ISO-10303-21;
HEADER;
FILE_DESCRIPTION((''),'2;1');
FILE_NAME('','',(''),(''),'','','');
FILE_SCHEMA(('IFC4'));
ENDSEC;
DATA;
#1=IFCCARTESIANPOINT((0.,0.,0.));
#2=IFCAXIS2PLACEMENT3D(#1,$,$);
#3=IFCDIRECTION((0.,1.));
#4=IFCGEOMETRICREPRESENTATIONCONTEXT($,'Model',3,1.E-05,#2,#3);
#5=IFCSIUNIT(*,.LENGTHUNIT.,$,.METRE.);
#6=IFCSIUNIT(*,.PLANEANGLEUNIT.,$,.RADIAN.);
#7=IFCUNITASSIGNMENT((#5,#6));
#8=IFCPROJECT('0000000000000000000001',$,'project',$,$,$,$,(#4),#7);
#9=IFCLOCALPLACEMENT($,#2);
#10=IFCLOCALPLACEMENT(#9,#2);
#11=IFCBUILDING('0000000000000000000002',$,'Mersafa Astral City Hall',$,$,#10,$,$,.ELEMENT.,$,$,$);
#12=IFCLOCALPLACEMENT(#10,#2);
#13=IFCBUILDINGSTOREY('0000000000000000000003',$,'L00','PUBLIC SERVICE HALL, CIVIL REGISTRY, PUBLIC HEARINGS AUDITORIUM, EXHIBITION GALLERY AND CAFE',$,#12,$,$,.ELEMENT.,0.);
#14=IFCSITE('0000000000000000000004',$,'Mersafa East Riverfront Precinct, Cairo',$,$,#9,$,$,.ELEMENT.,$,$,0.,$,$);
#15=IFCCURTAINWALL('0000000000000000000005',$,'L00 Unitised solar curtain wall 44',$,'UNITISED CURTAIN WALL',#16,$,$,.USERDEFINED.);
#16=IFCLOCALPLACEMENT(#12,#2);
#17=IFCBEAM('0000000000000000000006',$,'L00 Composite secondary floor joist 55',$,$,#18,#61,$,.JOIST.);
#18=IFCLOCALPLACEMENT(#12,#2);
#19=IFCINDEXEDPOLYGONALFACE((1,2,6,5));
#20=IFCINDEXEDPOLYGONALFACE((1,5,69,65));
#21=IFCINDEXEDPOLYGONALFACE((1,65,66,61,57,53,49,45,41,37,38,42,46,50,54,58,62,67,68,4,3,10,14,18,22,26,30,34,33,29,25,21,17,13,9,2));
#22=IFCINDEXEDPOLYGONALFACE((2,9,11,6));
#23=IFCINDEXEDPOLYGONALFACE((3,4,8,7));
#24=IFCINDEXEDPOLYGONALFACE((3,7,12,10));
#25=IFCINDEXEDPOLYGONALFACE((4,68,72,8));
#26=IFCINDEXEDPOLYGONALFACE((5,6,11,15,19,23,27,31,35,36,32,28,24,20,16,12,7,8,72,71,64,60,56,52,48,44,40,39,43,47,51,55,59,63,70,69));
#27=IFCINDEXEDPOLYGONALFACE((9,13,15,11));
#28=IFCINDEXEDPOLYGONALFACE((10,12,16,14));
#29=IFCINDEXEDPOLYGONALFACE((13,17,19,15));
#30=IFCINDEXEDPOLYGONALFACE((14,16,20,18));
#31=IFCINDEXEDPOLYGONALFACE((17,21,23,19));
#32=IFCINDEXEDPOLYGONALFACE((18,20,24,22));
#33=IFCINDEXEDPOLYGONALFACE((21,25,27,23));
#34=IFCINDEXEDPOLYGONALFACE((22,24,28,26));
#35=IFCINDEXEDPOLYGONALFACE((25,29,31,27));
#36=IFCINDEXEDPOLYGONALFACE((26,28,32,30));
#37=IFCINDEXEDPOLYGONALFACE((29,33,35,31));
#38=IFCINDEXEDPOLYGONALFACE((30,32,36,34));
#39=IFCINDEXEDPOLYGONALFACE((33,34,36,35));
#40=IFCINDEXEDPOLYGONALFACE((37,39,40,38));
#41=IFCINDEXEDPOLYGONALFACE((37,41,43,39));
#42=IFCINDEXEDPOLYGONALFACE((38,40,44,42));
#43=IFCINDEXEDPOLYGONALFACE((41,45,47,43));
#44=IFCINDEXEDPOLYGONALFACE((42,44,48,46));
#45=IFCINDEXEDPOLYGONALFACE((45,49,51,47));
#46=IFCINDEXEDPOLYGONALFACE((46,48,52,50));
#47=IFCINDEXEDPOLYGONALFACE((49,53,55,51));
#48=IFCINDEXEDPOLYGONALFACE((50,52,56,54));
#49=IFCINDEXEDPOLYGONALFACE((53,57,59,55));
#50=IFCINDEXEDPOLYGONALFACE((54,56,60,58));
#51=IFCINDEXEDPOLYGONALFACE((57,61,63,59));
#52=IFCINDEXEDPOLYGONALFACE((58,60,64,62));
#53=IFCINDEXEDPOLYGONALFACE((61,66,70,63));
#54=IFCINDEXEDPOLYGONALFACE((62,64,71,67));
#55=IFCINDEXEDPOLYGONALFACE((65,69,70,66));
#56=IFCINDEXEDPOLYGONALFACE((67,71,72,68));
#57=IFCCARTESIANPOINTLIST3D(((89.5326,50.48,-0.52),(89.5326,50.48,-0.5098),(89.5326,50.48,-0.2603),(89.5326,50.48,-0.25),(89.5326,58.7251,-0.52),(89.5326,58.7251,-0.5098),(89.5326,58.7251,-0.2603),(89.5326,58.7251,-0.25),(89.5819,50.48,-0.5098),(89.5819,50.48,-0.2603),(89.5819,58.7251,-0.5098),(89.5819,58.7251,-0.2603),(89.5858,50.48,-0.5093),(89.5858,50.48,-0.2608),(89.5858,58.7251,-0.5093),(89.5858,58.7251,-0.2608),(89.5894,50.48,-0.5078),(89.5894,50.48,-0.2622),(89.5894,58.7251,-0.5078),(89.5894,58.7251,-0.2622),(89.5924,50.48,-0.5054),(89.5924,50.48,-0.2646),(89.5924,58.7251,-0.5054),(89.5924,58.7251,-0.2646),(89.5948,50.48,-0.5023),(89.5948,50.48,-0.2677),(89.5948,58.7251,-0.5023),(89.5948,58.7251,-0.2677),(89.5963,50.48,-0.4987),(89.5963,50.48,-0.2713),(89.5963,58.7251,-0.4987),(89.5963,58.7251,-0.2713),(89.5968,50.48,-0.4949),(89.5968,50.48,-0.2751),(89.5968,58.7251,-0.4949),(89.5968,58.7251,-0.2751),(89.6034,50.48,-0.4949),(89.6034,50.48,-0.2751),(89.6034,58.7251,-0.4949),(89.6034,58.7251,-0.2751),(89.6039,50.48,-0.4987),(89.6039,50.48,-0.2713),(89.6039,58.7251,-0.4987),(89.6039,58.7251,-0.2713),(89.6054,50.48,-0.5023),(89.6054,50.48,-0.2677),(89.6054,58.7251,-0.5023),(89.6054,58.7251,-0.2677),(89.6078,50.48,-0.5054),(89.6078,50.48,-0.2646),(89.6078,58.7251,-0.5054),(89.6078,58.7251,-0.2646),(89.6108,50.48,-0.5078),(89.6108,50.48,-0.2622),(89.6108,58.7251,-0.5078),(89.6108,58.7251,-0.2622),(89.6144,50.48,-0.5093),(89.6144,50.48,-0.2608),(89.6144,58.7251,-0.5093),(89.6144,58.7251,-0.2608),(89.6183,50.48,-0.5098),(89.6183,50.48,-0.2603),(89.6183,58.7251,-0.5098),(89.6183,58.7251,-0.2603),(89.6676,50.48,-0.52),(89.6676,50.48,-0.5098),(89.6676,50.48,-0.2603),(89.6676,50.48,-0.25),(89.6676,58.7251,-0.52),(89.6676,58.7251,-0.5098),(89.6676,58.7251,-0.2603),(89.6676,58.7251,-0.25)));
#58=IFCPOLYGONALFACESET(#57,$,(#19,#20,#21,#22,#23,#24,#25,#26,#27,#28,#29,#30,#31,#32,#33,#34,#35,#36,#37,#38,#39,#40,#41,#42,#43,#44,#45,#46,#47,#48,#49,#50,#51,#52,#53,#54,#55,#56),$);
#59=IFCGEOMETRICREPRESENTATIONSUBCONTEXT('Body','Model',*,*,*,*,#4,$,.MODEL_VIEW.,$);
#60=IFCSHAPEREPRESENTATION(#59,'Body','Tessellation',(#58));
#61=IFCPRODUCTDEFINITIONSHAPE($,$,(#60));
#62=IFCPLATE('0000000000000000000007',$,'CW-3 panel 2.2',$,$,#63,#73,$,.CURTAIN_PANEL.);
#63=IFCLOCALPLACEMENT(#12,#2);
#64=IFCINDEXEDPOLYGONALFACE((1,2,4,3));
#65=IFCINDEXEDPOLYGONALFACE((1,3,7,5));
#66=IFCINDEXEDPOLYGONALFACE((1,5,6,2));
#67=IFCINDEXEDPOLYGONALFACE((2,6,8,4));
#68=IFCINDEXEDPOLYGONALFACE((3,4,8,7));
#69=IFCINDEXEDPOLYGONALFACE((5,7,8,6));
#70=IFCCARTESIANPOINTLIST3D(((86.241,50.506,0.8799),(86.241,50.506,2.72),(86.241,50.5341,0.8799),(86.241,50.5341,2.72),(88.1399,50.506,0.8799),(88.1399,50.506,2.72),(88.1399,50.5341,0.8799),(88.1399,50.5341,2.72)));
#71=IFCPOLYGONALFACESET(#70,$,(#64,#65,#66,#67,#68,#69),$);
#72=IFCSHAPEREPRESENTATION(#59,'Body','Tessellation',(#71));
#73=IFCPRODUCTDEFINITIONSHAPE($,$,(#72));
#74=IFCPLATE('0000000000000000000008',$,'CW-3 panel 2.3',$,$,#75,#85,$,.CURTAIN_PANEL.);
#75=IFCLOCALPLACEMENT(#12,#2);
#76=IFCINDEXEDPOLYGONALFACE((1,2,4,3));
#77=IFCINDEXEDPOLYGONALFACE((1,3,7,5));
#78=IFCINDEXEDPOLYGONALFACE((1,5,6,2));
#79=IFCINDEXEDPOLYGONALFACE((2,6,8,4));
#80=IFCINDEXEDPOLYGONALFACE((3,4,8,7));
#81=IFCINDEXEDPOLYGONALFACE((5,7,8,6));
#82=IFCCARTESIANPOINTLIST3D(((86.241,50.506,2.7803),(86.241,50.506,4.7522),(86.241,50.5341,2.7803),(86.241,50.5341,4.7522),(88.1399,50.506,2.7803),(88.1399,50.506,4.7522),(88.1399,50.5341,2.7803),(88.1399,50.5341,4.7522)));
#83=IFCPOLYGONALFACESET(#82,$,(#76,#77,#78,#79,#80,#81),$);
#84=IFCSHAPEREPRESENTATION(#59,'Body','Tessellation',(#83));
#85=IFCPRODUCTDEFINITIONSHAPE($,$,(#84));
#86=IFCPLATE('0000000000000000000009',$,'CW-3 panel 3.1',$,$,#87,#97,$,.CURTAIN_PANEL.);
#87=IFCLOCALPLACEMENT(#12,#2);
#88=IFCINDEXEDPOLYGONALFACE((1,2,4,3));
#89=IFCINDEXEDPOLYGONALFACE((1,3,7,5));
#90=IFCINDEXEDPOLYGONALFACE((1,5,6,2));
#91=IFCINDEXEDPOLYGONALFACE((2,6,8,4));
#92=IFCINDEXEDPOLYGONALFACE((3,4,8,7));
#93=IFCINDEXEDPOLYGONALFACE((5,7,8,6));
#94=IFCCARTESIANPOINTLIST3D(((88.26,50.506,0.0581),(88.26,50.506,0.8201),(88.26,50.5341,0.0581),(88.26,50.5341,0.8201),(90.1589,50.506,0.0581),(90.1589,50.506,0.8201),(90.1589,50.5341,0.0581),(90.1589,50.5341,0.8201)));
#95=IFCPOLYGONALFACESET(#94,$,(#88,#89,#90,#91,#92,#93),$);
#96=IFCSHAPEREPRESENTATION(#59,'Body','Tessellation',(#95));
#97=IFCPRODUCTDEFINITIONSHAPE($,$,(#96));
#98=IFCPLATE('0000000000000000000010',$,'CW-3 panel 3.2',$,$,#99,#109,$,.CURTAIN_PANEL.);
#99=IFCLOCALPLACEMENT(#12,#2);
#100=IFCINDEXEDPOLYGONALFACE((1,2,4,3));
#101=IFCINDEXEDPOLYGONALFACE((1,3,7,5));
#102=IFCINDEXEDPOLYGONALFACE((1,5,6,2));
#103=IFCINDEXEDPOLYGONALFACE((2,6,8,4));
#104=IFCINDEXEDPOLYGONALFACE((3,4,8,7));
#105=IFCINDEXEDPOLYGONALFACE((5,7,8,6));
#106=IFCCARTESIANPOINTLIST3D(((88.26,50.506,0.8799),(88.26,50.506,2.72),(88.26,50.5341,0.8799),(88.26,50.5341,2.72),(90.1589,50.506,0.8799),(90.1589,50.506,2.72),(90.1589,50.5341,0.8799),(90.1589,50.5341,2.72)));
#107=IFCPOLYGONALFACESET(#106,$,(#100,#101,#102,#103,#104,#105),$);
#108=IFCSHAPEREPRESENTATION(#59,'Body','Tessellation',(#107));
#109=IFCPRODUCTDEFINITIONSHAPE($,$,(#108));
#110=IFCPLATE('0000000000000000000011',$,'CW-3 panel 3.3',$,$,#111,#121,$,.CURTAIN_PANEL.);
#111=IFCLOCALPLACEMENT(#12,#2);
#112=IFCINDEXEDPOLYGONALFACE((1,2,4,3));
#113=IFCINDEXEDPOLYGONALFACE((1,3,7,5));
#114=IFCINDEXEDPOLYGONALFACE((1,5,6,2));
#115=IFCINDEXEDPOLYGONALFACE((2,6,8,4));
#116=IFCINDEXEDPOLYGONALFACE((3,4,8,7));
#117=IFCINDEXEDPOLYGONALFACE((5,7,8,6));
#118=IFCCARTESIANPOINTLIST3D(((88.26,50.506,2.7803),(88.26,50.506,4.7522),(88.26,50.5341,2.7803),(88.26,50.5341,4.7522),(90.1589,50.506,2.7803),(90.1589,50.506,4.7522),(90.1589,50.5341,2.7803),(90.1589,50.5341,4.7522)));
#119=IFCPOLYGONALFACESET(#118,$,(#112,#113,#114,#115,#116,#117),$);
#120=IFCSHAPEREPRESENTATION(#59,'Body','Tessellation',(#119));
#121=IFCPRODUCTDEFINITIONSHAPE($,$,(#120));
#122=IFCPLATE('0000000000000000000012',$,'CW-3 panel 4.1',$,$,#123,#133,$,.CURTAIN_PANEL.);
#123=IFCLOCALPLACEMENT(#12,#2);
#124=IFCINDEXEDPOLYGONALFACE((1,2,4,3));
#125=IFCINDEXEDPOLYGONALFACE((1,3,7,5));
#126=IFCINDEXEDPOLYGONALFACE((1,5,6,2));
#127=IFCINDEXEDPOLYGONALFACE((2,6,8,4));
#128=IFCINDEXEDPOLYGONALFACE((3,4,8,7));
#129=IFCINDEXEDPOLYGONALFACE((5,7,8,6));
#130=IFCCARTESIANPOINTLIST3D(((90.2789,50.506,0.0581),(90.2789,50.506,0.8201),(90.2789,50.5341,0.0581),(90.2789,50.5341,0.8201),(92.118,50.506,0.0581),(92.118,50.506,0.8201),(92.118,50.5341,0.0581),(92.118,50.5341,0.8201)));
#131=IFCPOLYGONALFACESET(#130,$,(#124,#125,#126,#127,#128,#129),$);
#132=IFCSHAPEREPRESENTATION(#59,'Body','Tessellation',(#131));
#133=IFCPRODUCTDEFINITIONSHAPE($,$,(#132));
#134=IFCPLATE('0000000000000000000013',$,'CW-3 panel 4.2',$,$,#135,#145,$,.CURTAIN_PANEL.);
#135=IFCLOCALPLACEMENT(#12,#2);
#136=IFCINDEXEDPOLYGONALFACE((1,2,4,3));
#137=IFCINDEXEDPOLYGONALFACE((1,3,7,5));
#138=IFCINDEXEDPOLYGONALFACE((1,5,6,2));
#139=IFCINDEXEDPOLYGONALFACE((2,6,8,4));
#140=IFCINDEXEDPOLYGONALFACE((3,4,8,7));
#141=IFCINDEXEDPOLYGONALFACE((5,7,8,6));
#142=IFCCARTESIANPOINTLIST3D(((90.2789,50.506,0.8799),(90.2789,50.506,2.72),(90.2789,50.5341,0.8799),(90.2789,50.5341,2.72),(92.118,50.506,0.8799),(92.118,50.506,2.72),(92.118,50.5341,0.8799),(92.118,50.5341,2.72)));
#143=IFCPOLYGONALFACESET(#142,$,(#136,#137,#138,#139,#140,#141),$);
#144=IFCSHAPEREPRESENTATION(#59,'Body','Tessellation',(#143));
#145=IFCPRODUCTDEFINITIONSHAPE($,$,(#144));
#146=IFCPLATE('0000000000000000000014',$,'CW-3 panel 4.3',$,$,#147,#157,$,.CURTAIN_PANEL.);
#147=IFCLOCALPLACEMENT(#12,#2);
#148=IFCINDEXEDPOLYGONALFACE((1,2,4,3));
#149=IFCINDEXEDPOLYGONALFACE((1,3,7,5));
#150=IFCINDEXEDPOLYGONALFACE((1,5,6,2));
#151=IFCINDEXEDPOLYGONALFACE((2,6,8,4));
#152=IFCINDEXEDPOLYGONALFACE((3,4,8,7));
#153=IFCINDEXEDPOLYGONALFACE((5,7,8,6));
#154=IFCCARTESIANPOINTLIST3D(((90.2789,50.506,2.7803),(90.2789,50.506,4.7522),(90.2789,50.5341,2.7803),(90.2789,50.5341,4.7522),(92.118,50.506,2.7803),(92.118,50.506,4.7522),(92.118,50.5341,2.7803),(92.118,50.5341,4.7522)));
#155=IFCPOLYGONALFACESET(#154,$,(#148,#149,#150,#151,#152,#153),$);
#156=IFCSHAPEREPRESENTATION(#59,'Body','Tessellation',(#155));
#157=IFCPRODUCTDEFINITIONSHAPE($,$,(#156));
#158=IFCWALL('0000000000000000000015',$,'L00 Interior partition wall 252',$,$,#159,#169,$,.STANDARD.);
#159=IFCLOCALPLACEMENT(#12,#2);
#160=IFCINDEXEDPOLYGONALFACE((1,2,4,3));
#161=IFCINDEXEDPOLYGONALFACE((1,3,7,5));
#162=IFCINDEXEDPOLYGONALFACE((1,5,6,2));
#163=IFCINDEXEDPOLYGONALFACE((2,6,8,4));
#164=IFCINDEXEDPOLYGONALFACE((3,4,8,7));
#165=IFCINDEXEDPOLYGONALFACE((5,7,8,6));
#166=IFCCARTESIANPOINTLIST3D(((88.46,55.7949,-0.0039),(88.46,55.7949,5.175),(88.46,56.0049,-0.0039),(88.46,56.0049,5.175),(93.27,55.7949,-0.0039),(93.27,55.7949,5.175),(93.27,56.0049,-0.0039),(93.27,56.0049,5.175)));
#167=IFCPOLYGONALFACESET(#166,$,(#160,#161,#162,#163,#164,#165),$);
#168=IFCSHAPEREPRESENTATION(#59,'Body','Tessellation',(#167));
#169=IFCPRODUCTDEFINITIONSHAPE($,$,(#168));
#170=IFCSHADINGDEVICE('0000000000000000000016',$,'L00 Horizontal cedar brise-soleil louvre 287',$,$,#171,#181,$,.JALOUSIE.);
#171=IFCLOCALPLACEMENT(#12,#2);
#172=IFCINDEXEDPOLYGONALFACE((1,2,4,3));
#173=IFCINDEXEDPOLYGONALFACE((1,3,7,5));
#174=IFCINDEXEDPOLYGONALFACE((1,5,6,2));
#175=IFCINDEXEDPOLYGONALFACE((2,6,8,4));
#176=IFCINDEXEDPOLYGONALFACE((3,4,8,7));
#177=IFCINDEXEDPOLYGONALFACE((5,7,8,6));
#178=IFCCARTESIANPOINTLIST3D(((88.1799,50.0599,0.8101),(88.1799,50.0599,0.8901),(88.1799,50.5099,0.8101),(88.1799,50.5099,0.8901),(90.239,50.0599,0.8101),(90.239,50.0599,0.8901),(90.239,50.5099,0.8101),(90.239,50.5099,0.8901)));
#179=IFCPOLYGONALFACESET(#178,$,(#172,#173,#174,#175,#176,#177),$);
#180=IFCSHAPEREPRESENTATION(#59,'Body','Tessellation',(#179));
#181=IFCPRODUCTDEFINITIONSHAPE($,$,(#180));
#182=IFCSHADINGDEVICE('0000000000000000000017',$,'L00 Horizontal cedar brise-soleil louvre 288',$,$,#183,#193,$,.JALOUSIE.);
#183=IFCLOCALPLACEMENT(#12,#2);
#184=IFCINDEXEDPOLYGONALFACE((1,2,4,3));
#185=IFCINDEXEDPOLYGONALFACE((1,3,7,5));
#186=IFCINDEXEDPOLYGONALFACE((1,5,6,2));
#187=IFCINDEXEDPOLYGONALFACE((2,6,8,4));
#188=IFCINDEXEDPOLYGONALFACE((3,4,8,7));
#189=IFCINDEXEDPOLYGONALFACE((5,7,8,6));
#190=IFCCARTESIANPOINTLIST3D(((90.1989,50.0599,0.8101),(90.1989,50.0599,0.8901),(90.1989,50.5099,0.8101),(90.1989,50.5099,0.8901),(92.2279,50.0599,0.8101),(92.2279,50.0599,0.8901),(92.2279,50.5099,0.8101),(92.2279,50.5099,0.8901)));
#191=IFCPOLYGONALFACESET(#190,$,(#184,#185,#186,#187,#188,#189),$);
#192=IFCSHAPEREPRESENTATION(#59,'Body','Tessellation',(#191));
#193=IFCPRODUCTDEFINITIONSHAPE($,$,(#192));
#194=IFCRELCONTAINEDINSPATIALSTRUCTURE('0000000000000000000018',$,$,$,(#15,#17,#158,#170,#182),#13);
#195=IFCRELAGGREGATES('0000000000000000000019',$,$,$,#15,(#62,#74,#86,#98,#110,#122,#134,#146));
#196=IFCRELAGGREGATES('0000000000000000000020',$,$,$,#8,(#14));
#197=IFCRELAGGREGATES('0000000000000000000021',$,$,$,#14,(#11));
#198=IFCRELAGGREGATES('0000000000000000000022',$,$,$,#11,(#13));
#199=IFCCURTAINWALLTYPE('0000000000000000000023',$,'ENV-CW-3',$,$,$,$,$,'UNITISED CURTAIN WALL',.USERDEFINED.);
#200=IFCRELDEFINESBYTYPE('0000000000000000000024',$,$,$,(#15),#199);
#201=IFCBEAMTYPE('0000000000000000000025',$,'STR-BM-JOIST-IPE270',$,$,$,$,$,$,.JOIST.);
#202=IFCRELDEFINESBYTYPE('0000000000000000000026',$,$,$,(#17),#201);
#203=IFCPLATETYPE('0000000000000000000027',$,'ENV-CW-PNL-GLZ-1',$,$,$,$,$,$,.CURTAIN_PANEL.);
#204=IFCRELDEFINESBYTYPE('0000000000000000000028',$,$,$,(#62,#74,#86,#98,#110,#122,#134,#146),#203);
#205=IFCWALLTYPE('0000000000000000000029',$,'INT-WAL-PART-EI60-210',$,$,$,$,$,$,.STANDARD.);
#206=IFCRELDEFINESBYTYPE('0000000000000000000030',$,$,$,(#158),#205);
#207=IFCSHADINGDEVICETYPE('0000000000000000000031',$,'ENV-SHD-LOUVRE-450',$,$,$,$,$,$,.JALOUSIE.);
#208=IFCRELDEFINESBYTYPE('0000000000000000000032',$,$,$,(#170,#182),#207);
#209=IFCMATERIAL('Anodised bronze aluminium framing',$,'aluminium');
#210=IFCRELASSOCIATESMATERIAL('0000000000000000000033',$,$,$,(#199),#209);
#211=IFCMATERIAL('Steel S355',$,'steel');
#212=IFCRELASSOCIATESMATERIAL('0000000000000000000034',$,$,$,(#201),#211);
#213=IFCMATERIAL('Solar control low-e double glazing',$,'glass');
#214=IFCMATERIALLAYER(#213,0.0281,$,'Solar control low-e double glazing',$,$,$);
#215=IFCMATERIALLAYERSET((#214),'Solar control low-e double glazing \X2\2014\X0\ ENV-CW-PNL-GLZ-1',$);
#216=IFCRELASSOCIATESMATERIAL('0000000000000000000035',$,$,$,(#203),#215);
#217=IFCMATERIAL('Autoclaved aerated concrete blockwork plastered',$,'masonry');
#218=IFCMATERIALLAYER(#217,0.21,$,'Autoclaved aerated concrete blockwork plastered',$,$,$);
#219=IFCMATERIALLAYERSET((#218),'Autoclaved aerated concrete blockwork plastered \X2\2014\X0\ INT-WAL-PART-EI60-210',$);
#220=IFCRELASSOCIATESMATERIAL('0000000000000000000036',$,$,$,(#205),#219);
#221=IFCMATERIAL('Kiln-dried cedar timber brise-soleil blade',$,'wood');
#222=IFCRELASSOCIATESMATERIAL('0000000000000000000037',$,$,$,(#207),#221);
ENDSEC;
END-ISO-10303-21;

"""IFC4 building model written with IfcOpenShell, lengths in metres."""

from ifc_helpers import new_model, si_unit, direction, frame, frame_2d, origin, origin_2d, place, context, subcontext, project, spatial, rectangle, i_section, extrude, material, layer, layer_set, material_profile, profile_set, type_object, element, aggregate, save


model = new_model("IFC4")

# Units and contexts
model_context = context("Model", 3, precision=1e-05, world=origin(), true_north=direction((0.0, 1.0)))
body_context = subcontext(model_context, "Body", "Model", "MODEL_VIEW")
ifc_project = project(units=[si_unit("LENGTHUNIT", "METRE"), si_unit("PLANEANGLEUNIT", "RADIAN")], contexts=[model_context])

# Site, building, storey
site_placement = place(None, origin())
site = spatial("IfcSite", under=ifc_project, at=site_placement, Name="Mersafa East Riverfront Precinct, Cairo", CompositionType="ELEMENT", RefElevation=0.0)
building_placement = place(site_placement, origin())
building = spatial("IfcBuilding", under=site, at=building_placement, Name="Mersafa Astral City Hall", CompositionType="ELEMENT")
storey_placement = place(building_placement, origin())
storey = spatial("IfcBuildingStorey", under=building, at=storey_placement, Name="L00", Description="PUBLIC SERVICE HALL, CIVIL REGISTRY, PUBLIC HEARINGS AUDITORIUM, EXHIBITION GALLERY AND CAFE", CompositionType="ELEMENT", Elevation=0.0)

# Curtain wall
ifc_material_1 = material(Name="Anodised bronze aluminium framing", Category="aluminium")
curtain_wall_type = type_object("IfcCurtainWallType", Name="ENV-CW-3", ElementType="UNITISED CURTAIN WALL", PredefinedType="USERDEFINED", material=ifc_material_1)
curtain_wall_placement = place(storey_placement, origin())
curtain_wall = element("IfcCurtainWall", 1, at=curtain_wall_placement, inside=storey, type_object=curtain_wall_type, Name="L00 Unitised solar curtain wall 44", ObjectType="UNITISED CURTAIN WALL", PredefinedType="USERDEFINED")

# Beam
ifc_material_2 = material(Name="Steel S355", Category="steel")
ifc_material_profile_1 = material_profile(ifc_material_2, i_section(OverallWidth=0.135, OverallDepth=0.27, WebThickness=0.0066, FlangeThickness=0.0103, FilletRadius=0.0149, at=origin_2d()), Name="IPE 270")
ifc_profile_set_1 = profile_set([ifc_material_profile_1], Name="Steel S355")
beam_type = type_object("IfcBeamType", Name="STR-BM-JOIST-IPE270", PredefinedType="JOIST", material=ifc_profile_set_1)
beam_placement = place(storey_placement, frame((89.6001, 50.48, -0.385), z_axis=(0.0, 1.0, 0.0), x_axis=(-1.0, 0.0, 0.0)))
element("IfcBeam", 2, at=beam_placement, inside=storey, type_object=beam_type, Name="L00 Composite secondary floor joist 55", PredefinedType="JOIST", context=body_context, shape_type="SweptSolid", body=[
    extrude(i_section(OverallWidth=0.135, OverallDepth=0.27, WebThickness=0.0066, FlangeThickness=0.0103, FilletRadius=0.0149, at=origin_2d()), origin(), (0.0, 0.0, 1.0), 8.2451),
])

# Plates
ifc_material_3 = material(Name="Solar control low-e double glazing", Category="glass")
ifc_layer_1 = layer(ifc_material_3, 0.0281, Name="Solar control low-e double glazing")
ifc_layer_set_1 = layer_set([ifc_layer_1], Name="Solar control low-e double glazing — ENV-CW-PNL-GLZ-1")
plate_type = type_object("IfcPlateType", Name="ENV-CW-PNL-GLZ-1", PredefinedType="CURTAIN_PANEL", material=ifc_layer_set_1)
plate_1_placement = place(storey_placement, frame((87.1904, 50.52, 0.8799), z_axis=(0.0, 0.0, 1.0), x_axis=(1.0, 0.0, 0.0)))
plate_1 = element("IfcPlate", 3, at=plate_1_placement, type_object=plate_type, Name="CW-3 panel 2.2", PredefinedType="CURTAIN_PANEL", context=body_context, shape_type="SweptSolid", body=[
    extrude(rectangle(XDim=1.8989, YDim=0.0281, at=origin_2d()), origin(), (0.0, 0.0, 1.0), 1.8401),
])
plate_2_placement = place(storey_placement, frame((87.1904, 50.52, 2.7803), z_axis=(0.0, 0.0, 1.0), x_axis=(1.0, 0.0, 0.0)))
plate_2 = element("IfcPlate", 4, at=plate_2_placement, type_object=plate_type, Name="CW-3 panel 2.3", PredefinedType="CURTAIN_PANEL", context=body_context, shape_type="SweptSolid", body=[
    extrude(rectangle(XDim=1.8989, YDim=0.0281, at=origin_2d()), origin(), (0.0, 0.0, 1.0), 1.9719),
])
plate_3_placement = place(storey_placement, frame((89.2095, 50.52, 0.0581), z_axis=(0.0, 0.0, 1.0), x_axis=(1.0, 0.0, 0.0)))
plate_3 = element("IfcPlate", 5, at=plate_3_placement, type_object=plate_type, Name="CW-3 panel 3.1", PredefinedType="CURTAIN_PANEL", context=body_context, shape_type="SweptSolid", body=[
    extrude(rectangle(XDim=1.8989, YDim=0.0281, at=origin_2d()), origin(), (0.0, 0.0, 1.0), 0.762),
])
plate_4_placement = place(storey_placement, frame((89.2095, 50.52, 0.8799), z_axis=(0.0, 0.0, 1.0), x_axis=(1.0, 0.0, 0.0)))
plate_4 = element("IfcPlate", 6, at=plate_4_placement, type_object=plate_type, Name="CW-3 panel 3.2", PredefinedType="CURTAIN_PANEL", context=body_context, shape_type="SweptSolid", body=[
    extrude(rectangle(XDim=1.8989, YDim=0.0281, at=origin_2d()), origin(), (0.0, 0.0, 1.0), 1.8401),
])
plate_5_placement = place(storey_placement, frame((89.2095, 50.52, 2.7803), z_axis=(0.0, 0.0, 1.0), x_axis=(1.0, 0.0, 0.0)))
plate_5 = element("IfcPlate", 7, at=plate_5_placement, type_object=plate_type, Name="CW-3 panel 3.3", PredefinedType="CURTAIN_PANEL", context=body_context, shape_type="SweptSolid", body=[
    extrude(rectangle(XDim=1.8989, YDim=0.0281, at=origin_2d()), origin(), (0.0, 0.0, 1.0), 1.9719),
])
plate_6_placement = place(storey_placement, frame((91.1985, 50.52, 0.0581), z_axis=(0.0, 0.0, 1.0), x_axis=(1.0, 0.0, 0.0)))
plate_6 = element("IfcPlate", 8, at=plate_6_placement, type_object=plate_type, Name="CW-3 panel 4.1", PredefinedType="CURTAIN_PANEL", context=body_context, shape_type="SweptSolid", body=[
    extrude(rectangle(XDim=1.8391, YDim=0.0281, at=origin_2d()), origin(), (0.0, 0.0, 1.0), 0.762),
])
plate_7_placement = place(storey_placement, frame((91.1985, 50.52, 0.8799), z_axis=(0.0, 0.0, 1.0), x_axis=(1.0, 0.0, 0.0)))
plate_7 = element("IfcPlate", 9, at=plate_7_placement, type_object=plate_type, Name="CW-3 panel 4.2", PredefinedType="CURTAIN_PANEL", context=body_context, shape_type="SweptSolid", body=[
    extrude(rectangle(XDim=1.8391, YDim=0.0281, at=origin_2d()), origin(), (0.0, 0.0, 1.0), 1.8401),
])
plate_8_placement = place(storey_placement, frame((91.1985, 50.52, 2.7803), z_axis=(0.0, 0.0, 1.0), x_axis=(1.0, 0.0, 0.0)))
plate_8 = element("IfcPlate", 10, at=plate_8_placement, type_object=plate_type, Name="CW-3 panel 4.3", PredefinedType="CURTAIN_PANEL", context=body_context, shape_type="SweptSolid", body=[
    extrude(rectangle(XDim=1.8391, YDim=0.0281, at=origin_2d()), origin(), (0.0, 0.0, 1.0), 1.9719),
])
aggregate(curtain_wall, [plate_1, plate_2, plate_3, plate_4, plate_5, plate_6, plate_7, plate_8])

# Wall
ifc_material_4 = material(Name="Autoclaved aerated concrete blockwork plastered", Category="masonry")
ifc_layer_2 = layer(ifc_material_4, 0.21, Name="Autoclaved aerated concrete blockwork plastered")
ifc_layer_set_2 = layer_set([ifc_layer_2], Name="Autoclaved aerated concrete blockwork plastered — INT-WAL-PART-EI60-210")
wall_type = type_object("IfcWallType", Name="INT-WAL-PART-EI60-210", PredefinedType="STANDARD", material=ifc_layer_set_2)
wall_placement = place(storey_placement, frame((88.46, 55.8999, -0.0039), z_axis=(0.0, 0.0, 1.0), x_axis=(1.0, 0.0, 0.0)))
element("IfcWall", 11, at=wall_placement, inside=storey, type_object=wall_type, Name="L00 Interior partition wall 252", PredefinedType="STANDARD", context=body_context, shape_type="SweptSolid", body=[
    extrude(rectangle(XDim=4.8101, YDim=0.21, at=frame_2d((2.405, 0.0))), origin(), (0.0, 0.0, 1.0), 5.179),
])

# Shading devices
ifc_material_5 = material(Name="Kiln-dried cedar timber brise-soleil blade", Category="wood")
shading_device_type = type_object("IfcShadingDeviceType", Name="ENV-SHD-LOUVRE-450", PredefinedType="JALOUSIE", material=ifc_material_5)
shading_device_1_placement = place(storey_placement, frame((89.2095, 50.2849, 0.8101), z_axis=(0.0, 0.0, 1.0), x_axis=(1.0, 0.0, 0.0)))
element("IfcShadingDevice", 12, at=shading_device_1_placement, inside=storey, type_object=shading_device_type, Name="L00 Horizontal cedar brise-soleil louvre 287", PredefinedType="JALOUSIE", context=body_context, shape_type="SweptSolid", body=[
    extrude(rectangle(XDim=2.0591, YDim=0.45, at=origin_2d()), origin(), (0.0, 0.0, 1.0), 0.0801),
])
shading_device_2_placement = place(storey_placement, frame((91.2134, 50.2849, 0.8101), z_axis=(0.0, 0.0, 1.0), x_axis=(1.0, 0.0, 0.0)))
element("IfcShadingDevice", 13, at=shading_device_2_placement, inside=storey, type_object=shading_device_type, Name="L00 Horizontal cedar brise-soleil louvre 288", PredefinedType="JALOUSIE", context=body_context, shape_type="SweptSolid", body=[
    extrude(rectangle(XDim=2.0291, YDim=0.45, at=origin_2d()), origin(), (0.0, 0.0, 1.0), 0.0801),
])

save(model, "model.ifc")
